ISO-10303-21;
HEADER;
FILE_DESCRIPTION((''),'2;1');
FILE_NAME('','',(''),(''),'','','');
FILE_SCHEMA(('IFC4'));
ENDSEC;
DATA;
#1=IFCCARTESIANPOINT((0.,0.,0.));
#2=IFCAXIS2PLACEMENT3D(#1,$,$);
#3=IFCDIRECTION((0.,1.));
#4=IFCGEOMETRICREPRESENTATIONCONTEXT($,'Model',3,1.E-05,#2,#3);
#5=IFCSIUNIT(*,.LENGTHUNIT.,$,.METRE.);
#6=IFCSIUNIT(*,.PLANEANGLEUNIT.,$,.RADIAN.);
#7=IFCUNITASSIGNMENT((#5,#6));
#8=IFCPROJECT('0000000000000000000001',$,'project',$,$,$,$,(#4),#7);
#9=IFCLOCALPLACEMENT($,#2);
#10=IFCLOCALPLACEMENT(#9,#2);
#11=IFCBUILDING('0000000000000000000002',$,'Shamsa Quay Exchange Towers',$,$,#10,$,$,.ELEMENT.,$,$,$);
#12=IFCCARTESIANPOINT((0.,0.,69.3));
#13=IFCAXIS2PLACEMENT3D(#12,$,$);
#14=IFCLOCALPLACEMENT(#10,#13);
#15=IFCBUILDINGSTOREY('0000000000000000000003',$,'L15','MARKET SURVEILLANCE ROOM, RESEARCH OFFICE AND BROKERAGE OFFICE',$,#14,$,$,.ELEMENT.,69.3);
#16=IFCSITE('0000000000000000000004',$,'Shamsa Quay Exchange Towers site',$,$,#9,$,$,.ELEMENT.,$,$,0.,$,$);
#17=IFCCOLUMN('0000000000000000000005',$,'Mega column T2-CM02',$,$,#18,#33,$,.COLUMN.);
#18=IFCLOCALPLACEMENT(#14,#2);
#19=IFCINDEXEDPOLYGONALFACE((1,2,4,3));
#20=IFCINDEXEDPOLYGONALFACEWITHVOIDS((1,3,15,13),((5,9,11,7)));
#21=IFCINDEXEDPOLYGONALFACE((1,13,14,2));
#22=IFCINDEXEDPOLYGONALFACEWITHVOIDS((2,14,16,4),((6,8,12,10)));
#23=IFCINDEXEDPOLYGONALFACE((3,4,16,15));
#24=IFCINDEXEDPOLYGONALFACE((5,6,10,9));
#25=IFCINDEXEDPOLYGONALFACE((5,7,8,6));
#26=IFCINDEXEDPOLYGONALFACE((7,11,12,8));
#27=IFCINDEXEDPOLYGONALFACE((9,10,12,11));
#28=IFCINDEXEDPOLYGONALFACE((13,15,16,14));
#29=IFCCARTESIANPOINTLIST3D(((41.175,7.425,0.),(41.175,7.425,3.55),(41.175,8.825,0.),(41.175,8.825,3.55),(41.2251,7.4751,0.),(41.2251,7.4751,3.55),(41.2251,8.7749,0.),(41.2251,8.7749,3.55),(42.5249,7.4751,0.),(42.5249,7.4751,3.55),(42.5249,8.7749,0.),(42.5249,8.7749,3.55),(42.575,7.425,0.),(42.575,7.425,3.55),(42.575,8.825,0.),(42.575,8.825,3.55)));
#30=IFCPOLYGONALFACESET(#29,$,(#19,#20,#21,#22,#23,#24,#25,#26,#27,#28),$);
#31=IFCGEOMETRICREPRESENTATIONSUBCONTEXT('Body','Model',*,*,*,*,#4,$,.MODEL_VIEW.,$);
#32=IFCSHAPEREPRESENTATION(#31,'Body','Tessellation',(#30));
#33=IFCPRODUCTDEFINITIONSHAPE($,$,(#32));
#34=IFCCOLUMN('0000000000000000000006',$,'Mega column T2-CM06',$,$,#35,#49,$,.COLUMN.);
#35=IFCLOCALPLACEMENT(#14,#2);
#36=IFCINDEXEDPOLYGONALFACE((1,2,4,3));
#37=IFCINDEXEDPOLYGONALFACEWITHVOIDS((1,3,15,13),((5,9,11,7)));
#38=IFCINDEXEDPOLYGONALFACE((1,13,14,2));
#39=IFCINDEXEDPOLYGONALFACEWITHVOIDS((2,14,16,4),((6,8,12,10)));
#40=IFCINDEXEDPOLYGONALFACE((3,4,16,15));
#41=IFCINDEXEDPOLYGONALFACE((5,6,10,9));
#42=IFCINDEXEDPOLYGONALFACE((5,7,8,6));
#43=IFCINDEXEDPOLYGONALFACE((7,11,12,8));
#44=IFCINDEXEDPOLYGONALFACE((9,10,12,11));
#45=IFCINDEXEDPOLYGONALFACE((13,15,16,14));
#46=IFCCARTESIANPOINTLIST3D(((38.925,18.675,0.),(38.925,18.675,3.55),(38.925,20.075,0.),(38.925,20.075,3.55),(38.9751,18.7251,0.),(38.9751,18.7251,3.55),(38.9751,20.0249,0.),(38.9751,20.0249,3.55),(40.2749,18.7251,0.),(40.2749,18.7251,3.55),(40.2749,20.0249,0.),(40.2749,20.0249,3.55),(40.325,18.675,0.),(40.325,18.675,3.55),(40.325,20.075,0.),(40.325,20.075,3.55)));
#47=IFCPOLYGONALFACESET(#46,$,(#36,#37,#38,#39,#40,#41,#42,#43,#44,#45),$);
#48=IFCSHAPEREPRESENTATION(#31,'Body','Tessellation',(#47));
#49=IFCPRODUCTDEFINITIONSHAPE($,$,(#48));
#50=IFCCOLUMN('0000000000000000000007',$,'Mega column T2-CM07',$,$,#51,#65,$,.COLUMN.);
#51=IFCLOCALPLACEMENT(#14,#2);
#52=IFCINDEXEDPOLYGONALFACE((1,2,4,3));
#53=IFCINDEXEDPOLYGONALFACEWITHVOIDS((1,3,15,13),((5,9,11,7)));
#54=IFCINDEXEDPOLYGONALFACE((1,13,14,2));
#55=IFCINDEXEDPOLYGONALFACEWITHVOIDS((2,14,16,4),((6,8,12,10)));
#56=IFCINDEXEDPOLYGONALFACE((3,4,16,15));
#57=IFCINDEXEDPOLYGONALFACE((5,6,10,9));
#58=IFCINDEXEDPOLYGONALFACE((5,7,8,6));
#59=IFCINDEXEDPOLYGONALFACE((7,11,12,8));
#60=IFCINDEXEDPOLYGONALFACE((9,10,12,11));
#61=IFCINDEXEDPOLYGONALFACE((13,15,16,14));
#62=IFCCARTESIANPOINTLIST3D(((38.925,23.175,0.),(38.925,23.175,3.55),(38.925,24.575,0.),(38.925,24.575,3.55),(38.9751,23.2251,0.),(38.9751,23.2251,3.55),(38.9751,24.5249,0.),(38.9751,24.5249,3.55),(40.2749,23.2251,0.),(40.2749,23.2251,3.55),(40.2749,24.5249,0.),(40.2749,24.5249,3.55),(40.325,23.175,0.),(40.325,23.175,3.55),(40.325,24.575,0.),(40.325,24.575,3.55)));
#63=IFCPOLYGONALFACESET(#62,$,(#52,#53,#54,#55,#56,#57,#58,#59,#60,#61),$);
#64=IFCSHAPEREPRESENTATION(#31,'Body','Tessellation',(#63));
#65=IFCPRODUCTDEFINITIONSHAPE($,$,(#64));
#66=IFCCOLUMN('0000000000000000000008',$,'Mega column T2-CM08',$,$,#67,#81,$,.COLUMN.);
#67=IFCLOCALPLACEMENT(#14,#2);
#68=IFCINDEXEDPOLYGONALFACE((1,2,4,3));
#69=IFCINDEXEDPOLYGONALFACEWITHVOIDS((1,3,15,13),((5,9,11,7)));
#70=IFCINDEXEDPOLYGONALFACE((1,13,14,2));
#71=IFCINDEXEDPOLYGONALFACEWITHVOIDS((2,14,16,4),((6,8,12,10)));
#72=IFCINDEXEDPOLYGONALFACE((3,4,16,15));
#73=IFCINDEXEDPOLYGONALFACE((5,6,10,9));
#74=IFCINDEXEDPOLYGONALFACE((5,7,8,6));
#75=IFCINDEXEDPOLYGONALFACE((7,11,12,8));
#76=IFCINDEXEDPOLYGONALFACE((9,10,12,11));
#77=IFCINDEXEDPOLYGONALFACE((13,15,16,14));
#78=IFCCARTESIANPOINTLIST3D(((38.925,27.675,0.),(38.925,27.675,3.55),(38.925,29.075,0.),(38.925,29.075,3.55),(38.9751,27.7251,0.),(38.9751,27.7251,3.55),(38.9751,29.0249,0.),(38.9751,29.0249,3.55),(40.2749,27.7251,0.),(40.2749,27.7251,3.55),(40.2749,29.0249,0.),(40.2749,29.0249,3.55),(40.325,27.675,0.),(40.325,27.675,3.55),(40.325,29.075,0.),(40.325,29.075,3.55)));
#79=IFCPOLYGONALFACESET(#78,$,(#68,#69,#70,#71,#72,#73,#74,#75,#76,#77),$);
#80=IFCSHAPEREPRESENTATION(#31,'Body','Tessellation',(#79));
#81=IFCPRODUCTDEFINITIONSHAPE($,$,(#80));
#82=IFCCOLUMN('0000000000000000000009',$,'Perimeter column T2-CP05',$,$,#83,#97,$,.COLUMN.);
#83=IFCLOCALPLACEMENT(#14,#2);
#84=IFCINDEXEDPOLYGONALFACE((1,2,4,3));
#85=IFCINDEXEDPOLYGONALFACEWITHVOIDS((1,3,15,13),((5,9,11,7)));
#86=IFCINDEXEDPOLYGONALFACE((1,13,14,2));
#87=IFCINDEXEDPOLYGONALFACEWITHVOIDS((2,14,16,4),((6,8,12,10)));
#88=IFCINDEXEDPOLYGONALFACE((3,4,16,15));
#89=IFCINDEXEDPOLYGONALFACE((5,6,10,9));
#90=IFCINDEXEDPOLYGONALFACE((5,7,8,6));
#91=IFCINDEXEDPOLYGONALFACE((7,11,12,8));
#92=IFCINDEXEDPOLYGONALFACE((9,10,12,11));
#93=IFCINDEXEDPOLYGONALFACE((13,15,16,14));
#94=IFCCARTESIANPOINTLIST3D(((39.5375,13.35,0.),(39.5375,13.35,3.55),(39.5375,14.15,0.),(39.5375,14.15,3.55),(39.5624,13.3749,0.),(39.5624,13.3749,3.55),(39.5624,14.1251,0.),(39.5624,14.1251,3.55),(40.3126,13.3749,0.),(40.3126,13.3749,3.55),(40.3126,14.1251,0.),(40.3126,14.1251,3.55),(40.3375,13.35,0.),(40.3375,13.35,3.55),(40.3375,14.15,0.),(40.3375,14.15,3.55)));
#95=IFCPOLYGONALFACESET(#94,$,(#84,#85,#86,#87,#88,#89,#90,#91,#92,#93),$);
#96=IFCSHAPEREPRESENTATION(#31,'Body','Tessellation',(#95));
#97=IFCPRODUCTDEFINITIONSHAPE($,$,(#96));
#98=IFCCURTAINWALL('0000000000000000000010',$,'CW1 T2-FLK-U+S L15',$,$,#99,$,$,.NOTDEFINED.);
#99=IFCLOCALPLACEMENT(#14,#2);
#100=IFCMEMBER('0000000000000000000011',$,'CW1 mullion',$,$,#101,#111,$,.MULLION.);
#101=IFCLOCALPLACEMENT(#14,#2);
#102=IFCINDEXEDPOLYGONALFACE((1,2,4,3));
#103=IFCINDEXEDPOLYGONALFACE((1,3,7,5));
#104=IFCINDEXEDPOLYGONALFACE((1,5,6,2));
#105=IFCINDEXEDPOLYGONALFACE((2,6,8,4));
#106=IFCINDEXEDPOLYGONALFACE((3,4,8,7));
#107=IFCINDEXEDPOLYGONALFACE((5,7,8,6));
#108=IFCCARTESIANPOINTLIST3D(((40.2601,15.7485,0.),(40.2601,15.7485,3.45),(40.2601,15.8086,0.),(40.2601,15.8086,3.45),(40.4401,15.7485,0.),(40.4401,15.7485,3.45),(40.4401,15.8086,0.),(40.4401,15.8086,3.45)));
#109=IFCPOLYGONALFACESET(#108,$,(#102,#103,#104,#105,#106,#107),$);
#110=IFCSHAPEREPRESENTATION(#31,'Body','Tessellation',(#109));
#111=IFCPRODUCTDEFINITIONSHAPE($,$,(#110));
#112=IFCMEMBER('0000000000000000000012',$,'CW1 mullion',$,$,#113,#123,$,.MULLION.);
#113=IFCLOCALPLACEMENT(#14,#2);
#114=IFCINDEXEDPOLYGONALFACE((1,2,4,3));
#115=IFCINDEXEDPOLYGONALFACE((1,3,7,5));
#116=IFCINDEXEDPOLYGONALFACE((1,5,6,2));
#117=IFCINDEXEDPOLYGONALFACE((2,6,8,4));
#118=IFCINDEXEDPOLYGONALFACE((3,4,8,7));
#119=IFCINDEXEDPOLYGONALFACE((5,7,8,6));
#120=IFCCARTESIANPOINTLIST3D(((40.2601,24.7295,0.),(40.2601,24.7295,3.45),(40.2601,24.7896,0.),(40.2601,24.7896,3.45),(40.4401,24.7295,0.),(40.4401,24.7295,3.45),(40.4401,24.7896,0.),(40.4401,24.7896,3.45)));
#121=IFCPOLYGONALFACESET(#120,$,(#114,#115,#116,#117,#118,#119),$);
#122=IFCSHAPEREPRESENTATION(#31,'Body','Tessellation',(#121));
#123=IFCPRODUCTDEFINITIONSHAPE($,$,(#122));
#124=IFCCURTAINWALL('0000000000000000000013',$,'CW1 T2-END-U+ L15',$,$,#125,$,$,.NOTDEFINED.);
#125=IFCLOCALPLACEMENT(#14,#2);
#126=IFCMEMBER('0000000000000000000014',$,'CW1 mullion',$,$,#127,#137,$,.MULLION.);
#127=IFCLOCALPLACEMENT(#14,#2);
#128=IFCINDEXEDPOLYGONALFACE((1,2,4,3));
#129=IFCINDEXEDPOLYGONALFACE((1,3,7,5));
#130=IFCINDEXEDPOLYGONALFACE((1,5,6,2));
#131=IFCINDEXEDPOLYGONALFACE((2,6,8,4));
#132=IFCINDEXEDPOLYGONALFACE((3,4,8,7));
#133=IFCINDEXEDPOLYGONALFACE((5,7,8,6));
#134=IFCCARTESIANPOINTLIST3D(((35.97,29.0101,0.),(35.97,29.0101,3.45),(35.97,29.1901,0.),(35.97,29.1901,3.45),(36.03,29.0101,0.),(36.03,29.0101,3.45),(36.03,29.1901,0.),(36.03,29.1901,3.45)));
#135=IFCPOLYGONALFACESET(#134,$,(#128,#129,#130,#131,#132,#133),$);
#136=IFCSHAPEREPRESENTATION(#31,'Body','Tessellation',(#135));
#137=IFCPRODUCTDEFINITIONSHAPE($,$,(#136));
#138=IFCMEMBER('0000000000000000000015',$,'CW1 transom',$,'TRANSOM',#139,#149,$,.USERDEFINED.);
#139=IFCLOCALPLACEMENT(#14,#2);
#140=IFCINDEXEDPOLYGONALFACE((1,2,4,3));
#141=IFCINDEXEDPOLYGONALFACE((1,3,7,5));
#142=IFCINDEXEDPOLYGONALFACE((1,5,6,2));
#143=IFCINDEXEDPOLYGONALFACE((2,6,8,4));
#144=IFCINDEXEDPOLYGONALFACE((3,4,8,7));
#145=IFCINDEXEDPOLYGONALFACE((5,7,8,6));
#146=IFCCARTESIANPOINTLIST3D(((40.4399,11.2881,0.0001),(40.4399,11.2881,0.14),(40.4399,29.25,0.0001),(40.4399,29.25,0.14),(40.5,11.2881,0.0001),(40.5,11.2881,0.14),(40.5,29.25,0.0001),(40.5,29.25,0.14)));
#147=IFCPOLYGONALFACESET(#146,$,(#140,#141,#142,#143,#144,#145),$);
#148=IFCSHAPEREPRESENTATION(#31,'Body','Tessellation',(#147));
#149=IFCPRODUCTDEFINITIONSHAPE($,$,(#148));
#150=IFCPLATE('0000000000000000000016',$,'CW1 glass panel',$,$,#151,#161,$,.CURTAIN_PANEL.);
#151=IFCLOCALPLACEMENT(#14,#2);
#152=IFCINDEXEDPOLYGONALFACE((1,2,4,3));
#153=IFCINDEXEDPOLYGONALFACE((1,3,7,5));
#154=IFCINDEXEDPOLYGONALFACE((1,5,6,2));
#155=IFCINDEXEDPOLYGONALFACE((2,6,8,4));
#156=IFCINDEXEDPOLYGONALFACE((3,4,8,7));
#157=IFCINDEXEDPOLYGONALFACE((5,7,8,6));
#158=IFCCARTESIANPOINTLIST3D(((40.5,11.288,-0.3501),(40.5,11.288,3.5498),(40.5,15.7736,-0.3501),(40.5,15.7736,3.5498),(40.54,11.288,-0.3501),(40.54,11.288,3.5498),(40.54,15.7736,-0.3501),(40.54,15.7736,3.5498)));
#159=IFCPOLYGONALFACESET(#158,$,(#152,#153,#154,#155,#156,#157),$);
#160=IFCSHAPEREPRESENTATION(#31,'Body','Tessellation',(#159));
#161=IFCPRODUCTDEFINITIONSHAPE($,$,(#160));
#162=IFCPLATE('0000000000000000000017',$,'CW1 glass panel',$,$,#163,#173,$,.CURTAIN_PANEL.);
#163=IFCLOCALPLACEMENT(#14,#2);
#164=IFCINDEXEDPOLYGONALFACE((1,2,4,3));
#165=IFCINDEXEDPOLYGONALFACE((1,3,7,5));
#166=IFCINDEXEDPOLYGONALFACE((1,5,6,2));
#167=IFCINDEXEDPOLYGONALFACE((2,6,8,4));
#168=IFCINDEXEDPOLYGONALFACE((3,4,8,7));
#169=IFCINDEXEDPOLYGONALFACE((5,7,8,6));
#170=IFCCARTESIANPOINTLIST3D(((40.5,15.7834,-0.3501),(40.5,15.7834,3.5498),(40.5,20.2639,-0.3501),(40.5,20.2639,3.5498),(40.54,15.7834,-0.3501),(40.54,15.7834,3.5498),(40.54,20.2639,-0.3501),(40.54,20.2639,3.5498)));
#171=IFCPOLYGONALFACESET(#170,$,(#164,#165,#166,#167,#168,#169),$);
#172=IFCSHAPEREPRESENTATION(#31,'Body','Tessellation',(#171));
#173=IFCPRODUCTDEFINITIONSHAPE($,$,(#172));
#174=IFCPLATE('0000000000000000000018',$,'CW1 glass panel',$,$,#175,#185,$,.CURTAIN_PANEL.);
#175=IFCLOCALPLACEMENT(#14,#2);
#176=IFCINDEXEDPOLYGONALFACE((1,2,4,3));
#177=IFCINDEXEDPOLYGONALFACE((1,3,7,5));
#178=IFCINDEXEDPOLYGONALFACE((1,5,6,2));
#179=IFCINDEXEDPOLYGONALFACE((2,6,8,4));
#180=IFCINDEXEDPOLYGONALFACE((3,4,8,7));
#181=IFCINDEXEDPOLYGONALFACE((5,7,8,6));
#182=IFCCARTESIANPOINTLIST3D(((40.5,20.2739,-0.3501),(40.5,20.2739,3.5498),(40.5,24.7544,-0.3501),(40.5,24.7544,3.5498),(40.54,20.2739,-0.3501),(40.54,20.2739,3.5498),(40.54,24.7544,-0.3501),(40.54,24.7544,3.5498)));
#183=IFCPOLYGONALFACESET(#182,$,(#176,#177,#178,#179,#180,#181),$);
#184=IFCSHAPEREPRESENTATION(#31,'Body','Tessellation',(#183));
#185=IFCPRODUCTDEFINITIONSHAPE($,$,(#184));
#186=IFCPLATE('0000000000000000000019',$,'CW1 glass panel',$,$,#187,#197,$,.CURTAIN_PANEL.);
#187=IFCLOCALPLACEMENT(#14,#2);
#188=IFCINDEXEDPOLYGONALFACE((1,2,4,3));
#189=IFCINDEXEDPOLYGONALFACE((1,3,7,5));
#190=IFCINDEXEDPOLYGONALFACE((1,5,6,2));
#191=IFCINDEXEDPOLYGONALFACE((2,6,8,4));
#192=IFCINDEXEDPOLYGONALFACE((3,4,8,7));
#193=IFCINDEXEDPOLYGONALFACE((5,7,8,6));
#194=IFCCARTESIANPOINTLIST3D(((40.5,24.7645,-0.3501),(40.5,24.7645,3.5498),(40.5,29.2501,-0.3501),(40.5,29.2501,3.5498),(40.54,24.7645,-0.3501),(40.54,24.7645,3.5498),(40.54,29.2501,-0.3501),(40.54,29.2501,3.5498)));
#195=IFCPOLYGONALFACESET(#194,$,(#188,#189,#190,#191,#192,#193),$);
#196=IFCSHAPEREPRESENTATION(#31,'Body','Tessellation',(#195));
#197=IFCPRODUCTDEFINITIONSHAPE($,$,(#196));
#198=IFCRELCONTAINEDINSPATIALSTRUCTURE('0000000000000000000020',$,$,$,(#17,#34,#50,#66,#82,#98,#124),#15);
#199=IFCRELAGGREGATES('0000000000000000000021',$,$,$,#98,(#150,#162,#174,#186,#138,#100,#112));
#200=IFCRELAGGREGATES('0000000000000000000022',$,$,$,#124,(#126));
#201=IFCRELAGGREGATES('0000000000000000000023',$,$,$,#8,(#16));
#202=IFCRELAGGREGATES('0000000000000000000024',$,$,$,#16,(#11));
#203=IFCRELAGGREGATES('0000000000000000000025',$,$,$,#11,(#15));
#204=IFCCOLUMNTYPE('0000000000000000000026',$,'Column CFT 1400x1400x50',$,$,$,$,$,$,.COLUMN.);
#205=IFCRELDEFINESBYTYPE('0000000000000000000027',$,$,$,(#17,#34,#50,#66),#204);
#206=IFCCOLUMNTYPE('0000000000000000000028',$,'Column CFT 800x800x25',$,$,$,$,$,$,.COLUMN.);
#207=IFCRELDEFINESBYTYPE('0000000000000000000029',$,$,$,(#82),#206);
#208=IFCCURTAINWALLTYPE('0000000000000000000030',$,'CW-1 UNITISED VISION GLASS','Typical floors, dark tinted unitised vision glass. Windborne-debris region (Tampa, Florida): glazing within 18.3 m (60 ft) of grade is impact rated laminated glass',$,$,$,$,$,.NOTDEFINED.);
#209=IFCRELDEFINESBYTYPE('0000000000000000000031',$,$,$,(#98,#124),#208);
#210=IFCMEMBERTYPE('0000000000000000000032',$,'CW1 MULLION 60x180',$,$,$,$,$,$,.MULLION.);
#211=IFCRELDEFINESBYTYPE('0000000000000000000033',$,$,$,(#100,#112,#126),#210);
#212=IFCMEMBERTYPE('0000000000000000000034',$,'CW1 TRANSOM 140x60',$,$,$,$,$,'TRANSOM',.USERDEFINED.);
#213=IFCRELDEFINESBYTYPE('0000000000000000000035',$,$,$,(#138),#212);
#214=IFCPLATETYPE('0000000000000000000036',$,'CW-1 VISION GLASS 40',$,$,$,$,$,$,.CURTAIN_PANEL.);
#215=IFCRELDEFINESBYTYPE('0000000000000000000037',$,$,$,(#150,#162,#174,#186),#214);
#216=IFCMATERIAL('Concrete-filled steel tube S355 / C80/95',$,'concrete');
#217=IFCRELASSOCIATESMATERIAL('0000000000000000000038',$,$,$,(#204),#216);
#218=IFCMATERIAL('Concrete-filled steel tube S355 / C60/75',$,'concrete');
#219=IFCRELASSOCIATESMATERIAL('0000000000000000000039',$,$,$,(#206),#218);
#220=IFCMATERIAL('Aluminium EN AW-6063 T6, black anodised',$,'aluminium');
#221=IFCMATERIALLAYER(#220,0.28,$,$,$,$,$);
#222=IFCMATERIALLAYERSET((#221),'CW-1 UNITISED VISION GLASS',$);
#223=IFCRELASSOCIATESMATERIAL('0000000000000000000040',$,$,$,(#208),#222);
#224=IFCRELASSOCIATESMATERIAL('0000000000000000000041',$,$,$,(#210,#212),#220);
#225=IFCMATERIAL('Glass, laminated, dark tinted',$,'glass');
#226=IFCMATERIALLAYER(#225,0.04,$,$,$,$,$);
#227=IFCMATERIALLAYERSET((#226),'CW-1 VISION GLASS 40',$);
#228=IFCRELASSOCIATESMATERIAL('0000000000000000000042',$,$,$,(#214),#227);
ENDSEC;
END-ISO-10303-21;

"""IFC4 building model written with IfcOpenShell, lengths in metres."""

from ifc_helpers import new_model, si_unit, direction, frame, origin, origin_2d, place, context, subcontext, project, spatial, rectangle, hollow_rectangle, extrude, material, layer, layer_set, material_profile, profile_set, type_object, element, aggregate, save


model = new_model("IFC4")

# Units and contexts
model_context = context("Model", 3, precision=1e-05, world=origin(), true_north=direction((0.0, 1.0)))
body_context = subcontext(model_context, "Body", "Model", "MODEL_VIEW")
ifc_project = project(units=[si_unit("LENGTHUNIT", "METRE"), si_unit("PLANEANGLEUNIT", "RADIAN")], contexts=[model_context])

# Site, building, storey
site_placement = place(None, origin())
site = spatial("IfcSite", under=ifc_project, at=site_placement, Name="Shamsa Quay Exchange Towers site", CompositionType="ELEMENT", RefElevation=0.0)
building_placement = place(site_placement, origin())
building = spatial("IfcBuilding", under=site, at=building_placement, Name="Shamsa Quay Exchange Towers", CompositionType="ELEMENT")
storey_placement = place(building_placement, frame((0.0, 0.0, 69.3)))
storey = spatial("IfcBuildingStorey", under=building, at=storey_placement, Name="L15", Description="MARKET SURVEILLANCE ROOM, RESEARCH OFFICE AND BROKERAGE OFFICE", CompositionType="ELEMENT", Elevation=69.3)

# Columns
ifc_material_1 = material(Name="Concrete-filled steel tube S355 / C80/95", Category="concrete")
ifc_material_profile_1 = material_profile(ifc_material_1, hollow_rectangle(XDim=1.3999, YDim=1.3999, WallThickness=0.05, at=origin_2d()), Name="CFT 1400x1400x50")
ifc_profile_set_1 = profile_set([ifc_material_profile_1], Name="Concrete-filled steel tube S355 / C80/95")
column_type_1 = type_object("IfcColumnType", Name="Column CFT 1400x1400x50", PredefinedType="COLUMN", material=ifc_profile_set_1)
for number, where, name in (
    (1, (41.875, 8.125, 0.0), "Mega column T2-CM02"),
    (2, (39.625, 19.375, 0.0), "Mega column T2-CM06"),
    (3, (39.625, 23.875, 0.0), "Mega column T2-CM07"),
    (4, (39.625, 28.375, 0.0), "Mega column T2-CM08"),
):
    element("IfcColumn", number, at=place(storey_placement, frame(where)), inside=storey, type_object=column_type_1, Name=name, PredefinedType="COLUMN", context=body_context, shape_type="SweptSolid", body=[
        extrude(hollow_rectangle(XDim=1.3999, YDim=1.3999, WallThickness=0.05, at=origin_2d()), origin(), (0.0, 0.0, 1.0), 3.55),
    ])
ifc_material_2 = material(Name="Concrete-filled steel tube S355 / C60/75", Category="concrete")
ifc_material_profile_2 = material_profile(ifc_material_2, hollow_rectangle(XDim=0.8, YDim=0.8, WallThickness=0.0249, at=origin_2d()), Name="CFT 800x800x25")
ifc_profile_set_2 = profile_set([ifc_material_profile_2], Name="Concrete-filled steel tube S355 / C60/75")
column_type_2 = type_object("IfcColumnType", Name="Column CFT 800x800x25", PredefinedType="COLUMN", material=ifc_profile_set_2)
column_placement = place(storey_placement, frame((39.9375, 13.75, 0.0)))
element("IfcColumn", 5, at=column_placement, inside=storey, type_object=column_type_2, Name="Perimeter column T2-CP05", PredefinedType="COLUMN", context=body_context, shape_type="SweptSolid", body=[
    extrude(hollow_rectangle(XDim=0.8, YDim=0.8, WallThickness=0.0249, at=origin_2d()), origin(), (0.0, 0.0, 1.0), 3.55),
])

# Curtain wall, members
ifc_material_3 = material(Name="Aluminium EN AW-6063 T6, black anodised", Category="aluminium")
ifc_layer_1 = layer(ifc_material_3, 0.28)
ifc_layer_set_1 = layer_set([ifc_layer_1], Name="CW-1 UNITISED VISION GLASS")
curtain_wall_type_1 = type_object("IfcCurtainWallType", Name="CW-1 UNITISED VISION GLASS", Description="Typical floors, dark tinted unitised vision glass. Windborne-debris region (Tampa, Florida): glazing within 18.3 m (60 ft) of grade is impact rated laminated glass", PredefinedType="NOTDEFINED", material=ifc_layer_set_1)
curtain_wall_1_placement = place(storey_placement, origin())
curtain_wall_1 = element("IfcCurtainWall", 6, at=curtain_wall_1_placement, inside=storey, type_object=curtain_wall_type_1, Name="CW1 T2-FLK-U+S L15", PredefinedType="NOTDEFINED")
ifc_material_profile_3 = material_profile(ifc_material_3, rectangle(XDim=0.1799, YDim=0.0601, at=origin_2d()), Name="MU60x180")
ifc_profile_set_3 = profile_set([ifc_material_profile_3], Name="Aluminium EN AW-6063 T6, black anodised")
member_type_1 = type_object("IfcMemberType", Name="CW1 MULLION 60x180", PredefinedType="MULLION", material=ifc_profile_set_3)
member_1_placement = place(storey_placement, frame((40.3501, 15.7786, 0.0), z_axis=(0.0, 0.0, 1.0), x_axis=(-1.0, 0.0, 0.0)))
member_1 = element("IfcMember", 7, at=member_1_placement, type_object=member_type_1, Name="CW1 mullion", PredefinedType="MULLION", context=body_context, shape_type="SweptSolid", body=[
    extrude(rectangle(XDim=0.1799, YDim=0.0601, at=origin_2d()), origin(), (0.0, 0.0, 1.0), 3.45),
])
member_2_placement = place(storey_placement, frame((40.3501, 24.7595, 0.0), z_axis=(0.0, 0.0, 1.0), x_axis=(-1.0, 0.0, 0.0)))
member_2 = element("IfcMember", 8, at=member_2_placement, type_object=member_type_1, Name="CW1 mullion", PredefinedType="MULLION", context=body_context, shape_type="SweptSolid", body=[
    extrude(rectangle(XDim=0.1799, YDim=0.0601, at=origin_2d()), origin(), (0.0, 0.0, 1.0), 3.45),
])

# Curtain wall, member
curtain_wall_2_placement = place(storey_placement, origin())
curtain_wall_2 = element("IfcCurtainWall", 9, at=curtain_wall_2_placement, inside=storey, type_object=curtain_wall_type_1, Name="CW1 T2-END-U+ L15", PredefinedType="NOTDEFINED")
member_3_placement = place(storey_placement, frame((36.0, 29.1001, 0.0), z_axis=(0.0, 0.0, 1.0), x_axis=(0.0, -1.0, 0.0)))
member_3 = element("IfcMember", 10, at=member_3_placement, type_object=member_type_1, Name="CW1 mullion", PredefinedType="MULLION", context=body_context, shape_type="SweptSolid", body=[
    extrude(rectangle(XDim=0.1799, YDim=0.0601, at=origin_2d()), origin(), (0.0, 0.0, 1.0), 3.45),
])

# Member
ifc_material_profile_4 = material_profile(ifc_material_3, rectangle(XDim=0.0601, YDim=0.1399, at=origin_2d()), Name="TR140x60")
ifc_profile_set_4 = profile_set([ifc_material_profile_4], Name="Aluminium EN AW-6063 T6, black anodised")
member_type_2 = type_object("IfcMemberType", Name="CW1 TRANSOM 140x60", ElementType="TRANSOM", PredefinedType="USERDEFINED", material=ifc_profile_set_4)
member_4_placement = place(storey_placement, frame((40.47, 11.2881, 0.0701), z_axis=(0.0, 1.0, 0.0), x_axis=(-1.0, 0.0, 0.0)))
member_4 = element("IfcMember", 11, at=member_4_placement, type_object=member_type_2, Name="CW1 transom", ObjectType="TRANSOM", PredefinedType="USERDEFINED", context=body_context, shape_type="SweptSolid", body=[
    extrude(rectangle(XDim=0.0601, YDim=0.1399, at=origin_2d()), origin(), (0.0, 0.0, 1.0), 17.9619),
])

# Plates
ifc_material_4 = material(Name="Glass, laminated, dark tinted", Category="glass")
ifc_layer_2 = layer(ifc_material_4, 0.04)
ifc_layer_set_2 = layer_set([ifc_layer_2], Name="CW-1 VISION GLASS 40")
plate_type_1 = type_object("IfcPlateType", Name="CW-1 VISION GLASS 40", PredefinedType="CURTAIN_PANEL", material=ifc_layer_set_2)
plate_1_placement = place(storey_placement, frame((40.52, 13.5308, -0.3501), z_axis=(0.0, 0.0, 1.0), x_axis=(0.0, 1.0, 0.0)))
plate_1 = element("IfcPlate", 12, at=plate_1_placement, type_object=plate_type_1, Name="CW1 glass panel", PredefinedType="CURTAIN_PANEL", context=body_context, shape_type="SweptSolid", body=[
    extrude(rectangle(XDim=4.4856, YDim=0.04, at=origin_2d()), origin(), (0.0, 0.0, 1.0), 3.8999),
])
plate_2_placement = place(storey_placement, frame((40.52, 18.0237, -0.3501), z_axis=(0.0, 0.0, 1.0), x_axis=(0.0, 1.0, 0.0)))
plate_2 = element("IfcPlate", 13, at=plate_2_placement, type_object=plate_type_1, Name="CW1 glass panel", PredefinedType="CURTAIN_PANEL", context=body_context, shape_type="SweptSolid", body=[
    extrude(rectangle(XDim=4.4805, YDim=0.04, at=origin_2d()), origin(), (0.0, 0.0, 1.0), 3.8999),
])
plate_3_placement = place(storey_placement, frame((40.52, 22.5142, -0.3501), z_axis=(0.0, 0.0, 1.0), x_axis=(0.0, 1.0, 0.0)))
plate_3 = element("IfcPlate", 14, at=plate_3_placement, type_object=plate_type_1, Name="CW1 glass panel", PredefinedType="CURTAIN_PANEL", context=body_context, shape_type="SweptSolid", body=[
    extrude(rectangle(XDim=4.4805, YDim=0.04, at=origin_2d()), origin(), (0.0, 0.0, 1.0), 3.8999),
])
plate_4_placement = place(storey_placement, frame((40.52, 27.0073, -0.3501), z_axis=(0.0, 0.0, 1.0), x_axis=(0.0, 1.0, 0.0)))
plate_4 = element("IfcPlate", 15, at=plate_4_placement, type_object=plate_type_1, Name="CW1 glass panel", PredefinedType="CURTAIN_PANEL", context=body_context, shape_type="SweptSolid", body=[
    extrude(rectangle(XDim=4.4856, YDim=0.04, at=origin_2d()), origin(), (0.0, 0.0, 1.0), 3.8999),
])
aggregate(curtain_wall_1, [plate_1, plate_2, plate_3, plate_4, member_4, member_1, member_2])
aggregate(curtain_wall_2, [member_3])

save(model, "model.ifc")
